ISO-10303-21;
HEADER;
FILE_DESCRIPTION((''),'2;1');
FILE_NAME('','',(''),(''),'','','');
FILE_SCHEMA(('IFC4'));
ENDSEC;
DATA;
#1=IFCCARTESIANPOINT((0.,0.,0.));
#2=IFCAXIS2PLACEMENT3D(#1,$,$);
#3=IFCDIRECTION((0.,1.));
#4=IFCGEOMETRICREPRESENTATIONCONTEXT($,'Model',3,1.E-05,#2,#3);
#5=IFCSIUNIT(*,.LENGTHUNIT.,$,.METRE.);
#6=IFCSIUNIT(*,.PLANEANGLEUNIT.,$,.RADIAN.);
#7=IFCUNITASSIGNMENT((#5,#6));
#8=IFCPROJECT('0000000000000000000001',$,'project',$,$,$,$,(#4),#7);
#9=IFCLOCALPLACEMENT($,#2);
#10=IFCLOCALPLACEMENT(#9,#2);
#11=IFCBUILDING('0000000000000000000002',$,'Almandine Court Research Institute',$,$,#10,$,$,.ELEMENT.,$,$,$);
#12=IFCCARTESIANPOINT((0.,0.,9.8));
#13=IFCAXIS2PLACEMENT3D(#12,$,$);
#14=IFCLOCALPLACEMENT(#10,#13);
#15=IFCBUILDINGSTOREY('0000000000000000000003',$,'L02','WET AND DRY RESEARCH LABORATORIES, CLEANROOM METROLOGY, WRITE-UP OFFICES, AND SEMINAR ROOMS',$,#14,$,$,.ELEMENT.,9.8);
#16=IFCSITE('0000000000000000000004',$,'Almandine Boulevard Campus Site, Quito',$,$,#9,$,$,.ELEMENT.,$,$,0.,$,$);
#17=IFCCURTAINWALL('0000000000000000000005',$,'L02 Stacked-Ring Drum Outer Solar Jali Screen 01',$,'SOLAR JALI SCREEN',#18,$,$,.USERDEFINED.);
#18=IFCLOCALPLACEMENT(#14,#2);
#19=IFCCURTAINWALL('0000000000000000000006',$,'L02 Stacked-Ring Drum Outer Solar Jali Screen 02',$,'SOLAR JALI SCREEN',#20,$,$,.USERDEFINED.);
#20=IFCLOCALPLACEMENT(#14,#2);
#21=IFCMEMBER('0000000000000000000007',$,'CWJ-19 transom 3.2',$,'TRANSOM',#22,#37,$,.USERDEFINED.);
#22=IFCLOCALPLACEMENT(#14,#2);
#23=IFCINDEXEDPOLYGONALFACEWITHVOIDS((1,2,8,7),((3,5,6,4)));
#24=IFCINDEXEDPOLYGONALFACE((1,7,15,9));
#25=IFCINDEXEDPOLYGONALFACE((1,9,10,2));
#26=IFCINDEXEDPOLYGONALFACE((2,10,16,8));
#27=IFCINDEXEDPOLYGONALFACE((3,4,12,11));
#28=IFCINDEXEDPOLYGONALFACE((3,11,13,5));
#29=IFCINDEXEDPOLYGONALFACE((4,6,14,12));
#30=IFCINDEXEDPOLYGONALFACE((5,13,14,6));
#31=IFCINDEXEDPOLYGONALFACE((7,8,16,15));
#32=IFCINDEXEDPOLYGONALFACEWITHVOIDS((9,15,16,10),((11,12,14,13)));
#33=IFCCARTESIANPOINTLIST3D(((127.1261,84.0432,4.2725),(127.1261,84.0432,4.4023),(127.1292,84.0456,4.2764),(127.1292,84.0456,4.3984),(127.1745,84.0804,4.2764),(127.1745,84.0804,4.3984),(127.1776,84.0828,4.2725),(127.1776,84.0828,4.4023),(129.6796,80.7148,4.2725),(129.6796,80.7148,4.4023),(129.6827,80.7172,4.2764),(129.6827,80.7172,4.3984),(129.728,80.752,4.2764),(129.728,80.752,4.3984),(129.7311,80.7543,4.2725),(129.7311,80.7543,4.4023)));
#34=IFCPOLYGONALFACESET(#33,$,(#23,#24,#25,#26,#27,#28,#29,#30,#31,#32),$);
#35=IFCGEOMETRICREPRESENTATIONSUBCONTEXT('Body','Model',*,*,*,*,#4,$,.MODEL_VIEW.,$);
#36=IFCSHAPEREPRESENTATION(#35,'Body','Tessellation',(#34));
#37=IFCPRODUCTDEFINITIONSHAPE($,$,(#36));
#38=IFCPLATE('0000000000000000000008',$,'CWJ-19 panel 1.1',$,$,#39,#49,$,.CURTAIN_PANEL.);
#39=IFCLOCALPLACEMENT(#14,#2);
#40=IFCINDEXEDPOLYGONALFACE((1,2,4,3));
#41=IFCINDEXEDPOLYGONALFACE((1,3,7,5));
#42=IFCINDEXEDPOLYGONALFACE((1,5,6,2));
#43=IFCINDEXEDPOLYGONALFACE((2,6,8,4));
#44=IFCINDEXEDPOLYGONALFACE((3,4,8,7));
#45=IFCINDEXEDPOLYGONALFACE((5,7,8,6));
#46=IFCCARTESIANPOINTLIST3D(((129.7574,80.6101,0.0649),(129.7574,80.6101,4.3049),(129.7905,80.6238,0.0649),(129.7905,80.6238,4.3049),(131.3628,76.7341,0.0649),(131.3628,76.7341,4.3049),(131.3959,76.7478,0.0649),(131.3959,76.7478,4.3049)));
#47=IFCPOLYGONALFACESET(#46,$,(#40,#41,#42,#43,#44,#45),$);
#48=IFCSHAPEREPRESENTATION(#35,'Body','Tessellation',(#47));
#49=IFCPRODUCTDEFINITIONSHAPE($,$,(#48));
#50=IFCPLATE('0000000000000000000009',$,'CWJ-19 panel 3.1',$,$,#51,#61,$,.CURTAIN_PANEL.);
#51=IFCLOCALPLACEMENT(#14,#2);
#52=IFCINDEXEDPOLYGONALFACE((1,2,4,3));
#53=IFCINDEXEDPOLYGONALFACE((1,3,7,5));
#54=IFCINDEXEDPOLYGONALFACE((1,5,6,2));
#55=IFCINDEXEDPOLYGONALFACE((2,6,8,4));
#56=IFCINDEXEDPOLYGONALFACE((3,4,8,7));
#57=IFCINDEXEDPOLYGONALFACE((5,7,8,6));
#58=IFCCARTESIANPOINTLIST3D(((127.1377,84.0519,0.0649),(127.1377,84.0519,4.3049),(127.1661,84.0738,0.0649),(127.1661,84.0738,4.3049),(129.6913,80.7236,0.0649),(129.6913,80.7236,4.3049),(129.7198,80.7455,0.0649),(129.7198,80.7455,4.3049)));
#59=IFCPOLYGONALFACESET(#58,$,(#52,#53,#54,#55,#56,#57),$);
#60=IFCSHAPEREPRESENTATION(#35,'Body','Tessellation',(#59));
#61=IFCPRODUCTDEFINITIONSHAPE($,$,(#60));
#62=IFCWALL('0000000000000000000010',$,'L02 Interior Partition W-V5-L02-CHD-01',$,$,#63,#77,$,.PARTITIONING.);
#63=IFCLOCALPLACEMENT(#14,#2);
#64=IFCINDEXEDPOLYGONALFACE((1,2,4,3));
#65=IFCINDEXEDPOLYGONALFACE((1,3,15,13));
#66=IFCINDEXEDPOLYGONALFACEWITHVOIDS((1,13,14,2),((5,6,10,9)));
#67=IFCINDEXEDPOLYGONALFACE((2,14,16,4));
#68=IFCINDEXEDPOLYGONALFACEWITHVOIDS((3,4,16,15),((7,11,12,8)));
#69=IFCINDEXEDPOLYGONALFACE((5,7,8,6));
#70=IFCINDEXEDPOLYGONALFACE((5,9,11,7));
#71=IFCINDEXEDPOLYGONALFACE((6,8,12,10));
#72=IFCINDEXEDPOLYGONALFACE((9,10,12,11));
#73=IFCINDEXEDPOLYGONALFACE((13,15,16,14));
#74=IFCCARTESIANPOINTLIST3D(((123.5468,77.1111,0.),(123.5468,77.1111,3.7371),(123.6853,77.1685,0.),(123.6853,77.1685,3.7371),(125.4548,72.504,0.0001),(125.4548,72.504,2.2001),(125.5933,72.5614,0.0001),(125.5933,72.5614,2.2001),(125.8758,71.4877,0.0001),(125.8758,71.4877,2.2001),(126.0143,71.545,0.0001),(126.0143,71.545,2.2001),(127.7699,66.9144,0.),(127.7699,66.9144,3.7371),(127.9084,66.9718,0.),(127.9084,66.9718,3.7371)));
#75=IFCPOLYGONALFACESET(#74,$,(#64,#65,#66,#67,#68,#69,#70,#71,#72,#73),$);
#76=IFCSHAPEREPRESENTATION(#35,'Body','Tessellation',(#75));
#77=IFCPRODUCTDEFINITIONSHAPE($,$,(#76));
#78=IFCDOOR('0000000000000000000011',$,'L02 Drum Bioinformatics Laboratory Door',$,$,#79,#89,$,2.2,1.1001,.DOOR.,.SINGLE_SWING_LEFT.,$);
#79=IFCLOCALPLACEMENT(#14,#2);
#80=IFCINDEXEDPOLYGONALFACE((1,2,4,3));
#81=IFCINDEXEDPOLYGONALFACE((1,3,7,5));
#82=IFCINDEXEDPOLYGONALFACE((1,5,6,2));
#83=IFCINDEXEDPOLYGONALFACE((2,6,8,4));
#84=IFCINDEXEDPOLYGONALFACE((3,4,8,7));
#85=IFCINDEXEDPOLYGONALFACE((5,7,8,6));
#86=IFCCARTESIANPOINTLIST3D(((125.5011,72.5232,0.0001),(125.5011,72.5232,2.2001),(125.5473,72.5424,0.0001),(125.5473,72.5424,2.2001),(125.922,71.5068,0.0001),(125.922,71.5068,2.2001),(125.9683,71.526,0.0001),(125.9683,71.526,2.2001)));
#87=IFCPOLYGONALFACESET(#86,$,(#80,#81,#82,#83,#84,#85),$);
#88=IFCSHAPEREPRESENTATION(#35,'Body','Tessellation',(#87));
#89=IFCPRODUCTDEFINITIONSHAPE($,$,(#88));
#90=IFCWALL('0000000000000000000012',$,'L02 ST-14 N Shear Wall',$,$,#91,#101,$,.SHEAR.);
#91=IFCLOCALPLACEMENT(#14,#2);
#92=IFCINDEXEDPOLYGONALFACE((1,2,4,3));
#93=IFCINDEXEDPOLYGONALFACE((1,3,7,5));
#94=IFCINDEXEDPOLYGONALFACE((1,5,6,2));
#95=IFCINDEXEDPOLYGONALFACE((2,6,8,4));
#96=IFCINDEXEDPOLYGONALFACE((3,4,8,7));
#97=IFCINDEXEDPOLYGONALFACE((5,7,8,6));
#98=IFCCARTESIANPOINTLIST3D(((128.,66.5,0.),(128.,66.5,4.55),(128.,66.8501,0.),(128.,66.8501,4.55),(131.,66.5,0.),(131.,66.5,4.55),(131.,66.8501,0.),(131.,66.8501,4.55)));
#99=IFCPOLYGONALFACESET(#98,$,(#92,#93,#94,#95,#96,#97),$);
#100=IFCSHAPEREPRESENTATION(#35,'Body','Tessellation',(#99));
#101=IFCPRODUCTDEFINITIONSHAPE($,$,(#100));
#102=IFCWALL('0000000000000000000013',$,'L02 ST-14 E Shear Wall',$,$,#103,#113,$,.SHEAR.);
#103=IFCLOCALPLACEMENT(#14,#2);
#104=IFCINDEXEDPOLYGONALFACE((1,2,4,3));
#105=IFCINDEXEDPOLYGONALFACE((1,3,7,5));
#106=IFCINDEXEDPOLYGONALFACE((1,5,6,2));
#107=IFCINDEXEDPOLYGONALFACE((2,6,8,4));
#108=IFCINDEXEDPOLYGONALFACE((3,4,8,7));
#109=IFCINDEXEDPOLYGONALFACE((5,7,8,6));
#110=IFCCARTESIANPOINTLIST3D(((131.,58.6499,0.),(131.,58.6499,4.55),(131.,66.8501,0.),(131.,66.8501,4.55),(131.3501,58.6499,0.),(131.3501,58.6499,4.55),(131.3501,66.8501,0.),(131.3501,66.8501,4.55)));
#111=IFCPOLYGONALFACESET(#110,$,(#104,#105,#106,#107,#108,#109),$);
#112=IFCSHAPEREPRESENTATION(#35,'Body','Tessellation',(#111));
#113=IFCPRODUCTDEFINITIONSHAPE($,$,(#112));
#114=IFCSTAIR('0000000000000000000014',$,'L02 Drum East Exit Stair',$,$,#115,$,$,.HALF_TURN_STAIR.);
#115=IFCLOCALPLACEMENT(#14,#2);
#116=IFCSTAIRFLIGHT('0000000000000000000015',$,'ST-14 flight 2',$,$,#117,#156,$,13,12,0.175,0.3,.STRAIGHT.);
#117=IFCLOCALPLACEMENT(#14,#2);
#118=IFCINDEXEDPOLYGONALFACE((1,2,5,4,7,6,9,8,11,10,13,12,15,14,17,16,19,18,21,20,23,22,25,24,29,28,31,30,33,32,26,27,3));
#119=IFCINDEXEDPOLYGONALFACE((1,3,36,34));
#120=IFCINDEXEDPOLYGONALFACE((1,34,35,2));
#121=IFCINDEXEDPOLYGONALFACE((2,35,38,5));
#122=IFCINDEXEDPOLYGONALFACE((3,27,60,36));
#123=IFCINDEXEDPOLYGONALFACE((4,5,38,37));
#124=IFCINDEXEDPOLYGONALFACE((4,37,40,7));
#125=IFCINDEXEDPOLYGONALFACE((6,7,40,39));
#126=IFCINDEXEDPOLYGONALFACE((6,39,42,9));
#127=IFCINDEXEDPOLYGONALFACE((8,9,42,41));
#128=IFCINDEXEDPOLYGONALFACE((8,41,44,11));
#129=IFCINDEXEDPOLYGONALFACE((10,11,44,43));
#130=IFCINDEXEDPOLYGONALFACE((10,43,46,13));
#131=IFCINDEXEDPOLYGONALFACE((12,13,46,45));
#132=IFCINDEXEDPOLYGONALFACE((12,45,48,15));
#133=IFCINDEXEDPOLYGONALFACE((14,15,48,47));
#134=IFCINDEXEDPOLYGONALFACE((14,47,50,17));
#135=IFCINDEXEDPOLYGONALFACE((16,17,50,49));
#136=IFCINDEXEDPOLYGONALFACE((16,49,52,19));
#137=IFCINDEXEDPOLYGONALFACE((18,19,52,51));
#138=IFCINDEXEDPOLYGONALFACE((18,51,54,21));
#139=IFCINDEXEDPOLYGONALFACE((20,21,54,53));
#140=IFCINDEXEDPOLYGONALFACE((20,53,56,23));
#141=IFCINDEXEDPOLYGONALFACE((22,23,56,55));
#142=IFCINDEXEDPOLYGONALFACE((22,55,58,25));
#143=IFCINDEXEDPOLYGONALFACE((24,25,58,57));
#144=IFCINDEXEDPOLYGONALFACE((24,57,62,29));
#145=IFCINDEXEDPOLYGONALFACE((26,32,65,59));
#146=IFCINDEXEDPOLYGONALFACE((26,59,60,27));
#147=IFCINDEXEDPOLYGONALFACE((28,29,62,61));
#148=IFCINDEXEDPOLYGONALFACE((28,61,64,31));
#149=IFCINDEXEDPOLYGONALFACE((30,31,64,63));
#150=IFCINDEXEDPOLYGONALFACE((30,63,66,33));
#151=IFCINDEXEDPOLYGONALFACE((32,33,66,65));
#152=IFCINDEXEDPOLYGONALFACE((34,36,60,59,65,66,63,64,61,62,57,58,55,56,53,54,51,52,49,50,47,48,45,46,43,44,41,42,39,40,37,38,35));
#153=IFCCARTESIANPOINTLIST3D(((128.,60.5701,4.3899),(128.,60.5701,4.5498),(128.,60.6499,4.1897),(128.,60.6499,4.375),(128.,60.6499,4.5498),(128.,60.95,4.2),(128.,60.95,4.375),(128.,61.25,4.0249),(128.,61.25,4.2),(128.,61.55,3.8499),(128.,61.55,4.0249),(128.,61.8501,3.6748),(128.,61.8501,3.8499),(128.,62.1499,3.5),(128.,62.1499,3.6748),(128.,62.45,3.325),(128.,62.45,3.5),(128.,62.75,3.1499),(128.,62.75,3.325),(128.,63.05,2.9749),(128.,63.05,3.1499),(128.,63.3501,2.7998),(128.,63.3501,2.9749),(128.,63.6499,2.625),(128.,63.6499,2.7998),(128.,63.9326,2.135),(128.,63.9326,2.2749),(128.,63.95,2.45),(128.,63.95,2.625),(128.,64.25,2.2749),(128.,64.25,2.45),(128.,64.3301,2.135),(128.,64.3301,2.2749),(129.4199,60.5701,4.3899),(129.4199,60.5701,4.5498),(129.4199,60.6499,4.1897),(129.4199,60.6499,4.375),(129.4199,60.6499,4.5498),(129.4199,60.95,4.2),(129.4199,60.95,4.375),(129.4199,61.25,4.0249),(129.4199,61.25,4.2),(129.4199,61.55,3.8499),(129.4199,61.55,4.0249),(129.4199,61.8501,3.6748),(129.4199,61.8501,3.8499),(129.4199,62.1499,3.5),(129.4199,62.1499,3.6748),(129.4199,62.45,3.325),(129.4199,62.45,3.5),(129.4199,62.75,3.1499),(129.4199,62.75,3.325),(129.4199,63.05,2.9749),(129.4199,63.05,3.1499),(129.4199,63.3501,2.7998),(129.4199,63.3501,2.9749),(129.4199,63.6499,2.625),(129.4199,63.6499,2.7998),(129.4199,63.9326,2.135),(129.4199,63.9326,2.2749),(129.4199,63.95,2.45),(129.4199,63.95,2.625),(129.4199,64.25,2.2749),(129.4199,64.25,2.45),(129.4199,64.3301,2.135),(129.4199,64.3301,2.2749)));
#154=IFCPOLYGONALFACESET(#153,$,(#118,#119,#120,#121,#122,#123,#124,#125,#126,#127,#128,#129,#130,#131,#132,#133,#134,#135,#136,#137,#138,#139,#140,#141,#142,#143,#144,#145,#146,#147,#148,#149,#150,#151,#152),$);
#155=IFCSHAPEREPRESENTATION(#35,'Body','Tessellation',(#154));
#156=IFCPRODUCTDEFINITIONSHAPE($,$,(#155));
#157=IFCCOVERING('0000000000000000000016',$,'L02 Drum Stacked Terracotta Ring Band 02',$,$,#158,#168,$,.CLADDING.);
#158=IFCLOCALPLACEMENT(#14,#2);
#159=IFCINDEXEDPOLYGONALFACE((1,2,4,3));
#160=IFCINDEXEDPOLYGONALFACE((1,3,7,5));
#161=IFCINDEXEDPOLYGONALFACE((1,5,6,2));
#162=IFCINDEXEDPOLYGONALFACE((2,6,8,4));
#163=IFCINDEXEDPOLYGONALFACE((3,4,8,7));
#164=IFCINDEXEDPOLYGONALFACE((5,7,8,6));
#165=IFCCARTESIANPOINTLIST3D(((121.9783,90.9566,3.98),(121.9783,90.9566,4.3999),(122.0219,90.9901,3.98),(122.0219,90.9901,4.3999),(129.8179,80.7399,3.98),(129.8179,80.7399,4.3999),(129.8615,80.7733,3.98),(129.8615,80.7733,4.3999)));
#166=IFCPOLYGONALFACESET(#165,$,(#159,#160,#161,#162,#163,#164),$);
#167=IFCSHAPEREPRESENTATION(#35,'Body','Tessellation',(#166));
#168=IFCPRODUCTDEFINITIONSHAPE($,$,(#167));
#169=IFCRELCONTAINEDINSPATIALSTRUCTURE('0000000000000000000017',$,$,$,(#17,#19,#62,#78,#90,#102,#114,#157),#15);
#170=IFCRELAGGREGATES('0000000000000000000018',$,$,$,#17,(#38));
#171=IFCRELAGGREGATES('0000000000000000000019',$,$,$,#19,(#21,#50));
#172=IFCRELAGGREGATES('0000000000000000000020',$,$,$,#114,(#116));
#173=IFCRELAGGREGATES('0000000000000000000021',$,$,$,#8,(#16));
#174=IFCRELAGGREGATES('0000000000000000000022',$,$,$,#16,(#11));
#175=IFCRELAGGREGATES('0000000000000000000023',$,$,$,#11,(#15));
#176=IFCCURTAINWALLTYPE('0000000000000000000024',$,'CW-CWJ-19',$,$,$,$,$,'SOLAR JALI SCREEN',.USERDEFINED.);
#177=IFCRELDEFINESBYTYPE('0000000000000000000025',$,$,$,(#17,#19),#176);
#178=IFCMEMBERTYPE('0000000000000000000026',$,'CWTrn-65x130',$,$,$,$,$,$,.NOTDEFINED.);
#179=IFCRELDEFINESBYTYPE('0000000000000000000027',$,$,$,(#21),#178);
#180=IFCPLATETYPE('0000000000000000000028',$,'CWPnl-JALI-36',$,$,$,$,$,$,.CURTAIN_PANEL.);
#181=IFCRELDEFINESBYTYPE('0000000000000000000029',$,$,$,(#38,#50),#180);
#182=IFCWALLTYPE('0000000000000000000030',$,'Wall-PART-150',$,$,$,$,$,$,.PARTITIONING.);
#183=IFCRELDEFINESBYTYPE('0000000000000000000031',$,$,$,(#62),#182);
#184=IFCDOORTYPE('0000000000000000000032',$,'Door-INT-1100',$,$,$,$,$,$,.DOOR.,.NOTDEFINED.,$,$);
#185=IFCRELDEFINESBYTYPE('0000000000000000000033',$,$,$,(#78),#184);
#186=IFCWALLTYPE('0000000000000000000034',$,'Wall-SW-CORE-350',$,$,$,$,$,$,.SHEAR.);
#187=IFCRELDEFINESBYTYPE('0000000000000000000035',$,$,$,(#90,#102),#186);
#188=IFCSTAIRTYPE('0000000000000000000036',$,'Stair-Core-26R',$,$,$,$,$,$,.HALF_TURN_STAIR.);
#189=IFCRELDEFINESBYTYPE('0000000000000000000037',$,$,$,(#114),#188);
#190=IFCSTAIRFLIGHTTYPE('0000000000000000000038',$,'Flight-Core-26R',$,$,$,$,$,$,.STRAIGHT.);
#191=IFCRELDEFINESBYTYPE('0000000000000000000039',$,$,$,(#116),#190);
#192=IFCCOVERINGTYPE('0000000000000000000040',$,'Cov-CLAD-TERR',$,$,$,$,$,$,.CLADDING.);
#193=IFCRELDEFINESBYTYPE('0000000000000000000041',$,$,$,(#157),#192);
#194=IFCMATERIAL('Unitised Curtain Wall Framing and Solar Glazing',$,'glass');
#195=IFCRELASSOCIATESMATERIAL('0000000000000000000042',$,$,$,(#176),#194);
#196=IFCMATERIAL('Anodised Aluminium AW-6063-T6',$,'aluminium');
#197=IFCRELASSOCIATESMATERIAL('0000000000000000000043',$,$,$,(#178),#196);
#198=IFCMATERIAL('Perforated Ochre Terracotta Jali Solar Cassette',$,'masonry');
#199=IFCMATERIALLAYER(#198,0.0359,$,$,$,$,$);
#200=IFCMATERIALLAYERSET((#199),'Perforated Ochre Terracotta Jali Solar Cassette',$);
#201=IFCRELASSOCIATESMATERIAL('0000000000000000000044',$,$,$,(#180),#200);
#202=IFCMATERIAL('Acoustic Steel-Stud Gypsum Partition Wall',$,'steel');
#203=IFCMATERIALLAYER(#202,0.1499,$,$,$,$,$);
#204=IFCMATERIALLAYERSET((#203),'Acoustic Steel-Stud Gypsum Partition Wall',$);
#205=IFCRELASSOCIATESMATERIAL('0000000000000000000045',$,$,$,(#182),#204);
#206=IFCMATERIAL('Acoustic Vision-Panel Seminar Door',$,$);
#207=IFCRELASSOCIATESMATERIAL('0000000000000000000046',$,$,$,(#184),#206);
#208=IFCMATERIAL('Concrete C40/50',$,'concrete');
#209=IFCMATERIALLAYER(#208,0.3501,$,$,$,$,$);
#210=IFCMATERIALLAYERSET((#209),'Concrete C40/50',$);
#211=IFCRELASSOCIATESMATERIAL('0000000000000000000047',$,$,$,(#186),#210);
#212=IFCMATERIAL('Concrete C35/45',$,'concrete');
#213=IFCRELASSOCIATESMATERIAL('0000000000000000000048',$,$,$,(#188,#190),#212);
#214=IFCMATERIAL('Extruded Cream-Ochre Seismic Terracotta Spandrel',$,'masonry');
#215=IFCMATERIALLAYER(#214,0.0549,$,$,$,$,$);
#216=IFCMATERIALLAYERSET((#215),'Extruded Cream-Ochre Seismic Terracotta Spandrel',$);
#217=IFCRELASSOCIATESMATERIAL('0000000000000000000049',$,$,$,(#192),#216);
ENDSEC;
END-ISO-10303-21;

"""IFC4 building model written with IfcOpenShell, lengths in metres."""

from ifc_helpers import new_model, si_unit, direction, frame, frame_2d, origin, origin_2d, place, context, subcontext, project, spatial, polyline, rectangle, hollow_rectangle, outline, extrude, material, layer, layer_set, material_profile, profile_set, type_object, element, fill, aggregate, save


model = new_model("IFC4")

# Units and contexts
model_context = context("Model", 3, precision=1e-05, world=origin(), true_north=direction((0.0, 1.0)))
body_context = subcontext(model_context, "Body", "Model", "MODEL_VIEW")
ifc_project = project(units=[si_unit("LENGTHUNIT", "METRE"), si_unit("PLANEANGLEUNIT", "RADIAN")], contexts=[model_context])

# Site, building, storey
site_placement = place(None, origin())
site = spatial("IfcSite", under=ifc_project, at=site_placement, Name="Almandine Boulevard Campus Site, Quito", CompositionType="ELEMENT", RefElevation=0.0)
building_placement = place(site_placement, origin())
building = spatial("IfcBuilding", under=site, at=building_placement, Name="Almandine Court Research Institute", CompositionType="ELEMENT")
storey_placement = place(building_placement, frame((0.0, 0.0, 9.8)))
storey = spatial("IfcBuildingStorey", under=building, at=storey_placement, Name="L02", Description="WET AND DRY RESEARCH LABORATORIES, CLEANROOM METROLOGY, WRITE-UP OFFICES, AND SEMINAR ROOMS", CompositionType="ELEMENT", Elevation=9.8)

# Curtain walls
ifc_material_1 = material(Name="Unitised Curtain Wall Framing and Solar Glazing", Category="glass")
curtain_wall_type = type_object("IfcCurtainWallType", Name="CW-CWJ-19", ElementType="SOLAR JALI SCREEN", PredefinedType="USERDEFINED", material=ifc_material_1)
curtain_wall_1_placement = place(storey_placement, origin())
curtain_wall_1 = element("IfcCurtainWall", 1, at=curtain_wall_1_placement, inside=storey, type_object=curtain_wall_type, Name="L02 Stacked-Ring Drum Outer Solar Jali Screen 01", ObjectType="SOLAR JALI SCREEN", PredefinedType="USERDEFINED")
ifc_material_2 = material(Name="Anodised Aluminium AW-6063-T6", Category="aluminium")
curtain_wall_2_placement = place(storey_placement, origin())
curtain_wall_2 = element("IfcCurtainWall", 2, at=curtain_wall_2_placement, inside=storey, type_object=curtain_wall_type, Name="L02 Stacked-Ring Drum Outer Solar Jali Screen 02", ObjectType="SOLAR JALI SCREEN", PredefinedType="USERDEFINED")

# Member
ifc_material_profile_1 = material_profile(ifc_material_2, hollow_rectangle(XDim=0.0649, YDim=0.1299, WallThickness=0.0039, at=origin_2d()), Name="ALU RHS 65x130x4")
ifc_profile_set_1 = profile_set([ifc_material_profile_1], Name="Anodised Aluminium AW-6063-T6")
member_type_1 = type_object("IfcMemberType", Name="CWTrn-65x130", PredefinedType="NOTDEFINED", material=ifc_profile_set_1)
member_1_placement = place(storey_placement, frame((127.1519, 84.063, 4.3374), z_axis=(0.608689, -0.793409, 0.0), x_axis=(0.793409, 0.608689, 0.0)))
member_1 = element("IfcMember", 3, at=member_1_placement, type_object=member_type_1, Name="CWJ-19 transom 3.2", ObjectType="TRANSOM", PredefinedType="USERDEFINED", context=body_context, shape_type="SweptSolid", body=[
    extrude(hollow_rectangle(XDim=0.0649, YDim=0.1299, WallThickness=0.0039, at=origin_2d()), origin(), (0.0, 0.0, 1.0), 4.1951),
])

# Plates
ifc_material_3 = material(Name="Perforated Ochre Terracotta Jali Solar Cassette", Category="masonry")
ifc_layer_1 = layer(ifc_material_3, 0.0359)
ifc_layer_set_1 = layer_set([ifc_layer_1], Name="Perforated Ochre Terracotta Jali Solar Cassette")
plate_type = type_object("IfcPlateType", Name="CWPnl-JALI-36", PredefinedType="CURTAIN_PANEL", material=ifc_layer_set_1)
plate_1_placement = place(storey_placement, frame((130.5767, 78.679, 0.0649), z_axis=(0.0, 0.0, 1.0), x_axis=(0.382663, -0.923888, 0.0)))
plate_1 = element("IfcPlate", 4, at=plate_1_placement, type_object=plate_type, Name="CWJ-19 panel 1.1", PredefinedType="CURTAIN_PANEL", context=body_context, shape_type="SweptSolid", body=[
    extrude(rectangle(XDim=4.1953, YDim=0.0359, at=origin_2d()), origin(), (0.0, 0.0, 1.0), 4.24),
])
aggregate(curtain_wall_1, [plate_1])
plate_2_placement = place(storey_placement, frame((128.4287, 82.3987, 0.0649), z_axis=(0.0, 0.0, 1.0), x_axis=(0.608723, -0.793383, 0.0)))
plate_2 = element("IfcPlate", 5, at=plate_2_placement, type_object=plate_type, Name="CWJ-19 panel 3.1", PredefinedType="CURTAIN_PANEL", context=body_context, shape_type="SweptSolid", body=[
    extrude(rectangle(XDim=4.1951, YDim=0.0359, at=origin_2d()), origin(), (0.0, 0.0, 1.0), 4.24),
])
aggregate(curtain_wall_2, [member_1, plate_2])

# Wall, opening, door
ifc_material_4 = material(Name="Acoustic Steel-Stud Gypsum Partition Wall", Category="steel")
ifc_layer_2 = layer(ifc_material_4, 0.1499)
ifc_layer_set_2 = layer_set([ifc_layer_2], Name="Acoustic Steel-Stud Gypsum Partition Wall")
wall_type_1 = type_object("IfcWallType", Name="Wall-PART-150", PredefinedType="PARTITIONING", material=ifc_layer_set_2)
wall_1_placement = place(storey_placement, frame((127.8391, 66.9431, 0.0), z_axis=(0.0, 0.0, 1.0), x_axis=(-0.382645, 0.923896, 0.0)))
wall_1 = element("IfcWall", 6, at=wall_1_placement, inside=storey, type_object=wall_type_1, Name="L02 Interior Partition W-V5-L02-CHD-01", PredefinedType="PARTITIONING", context=body_context, shape_type="SweptSolid", body=[
    extrude(rectangle(XDim=11.0366, YDim=0.1499, at=frame_2d((5.5183, 0.0))), origin(), (0.0, 0.0, 1.0), 3.7371),
])
opening_placement = place(wall_1_placement, frame((4.95, 0.0, 0.0)))
opening = element("IfcOpeningElement", 7, at=opening_placement, cuts=wall_1, PredefinedType="OPENING", context=body_context, shape_type="SweptSolid", body=[
    extrude(rectangle(XDim=1.1001, YDim=2.2, at=frame_2d((0.55, 1.1001))), frame((0.0, 0.085, 0.0), z_axis=(0.0, -1.0, 0.0), x_axis=(1.0, 0.0, 0.0)), (0.0, 0.0, 1.0), 0.1699),
])
ifc_material_5 = material(Name="Acoustic Vision-Panel Seminar Door")
door_type = type_object("IfcDoorType", Name="Door-INT-1100", OperationType="NOTDEFINED", PredefinedType="DOOR", material=ifc_material_5)
door_placement = place(opening_placement, origin())
door = element("IfcDoor", 8, at=door_placement, inside=storey, type_object=door_type, Name="L02 Drum Bioinformatics Laboratory Door", OperationType="SINGLE_SWING_LEFT", OverallHeight=2.2, OverallWidth=1.1001, PredefinedType="DOOR", context=body_context, shape_type="SweptSolid", body=[
    extrude(rectangle(XDim=1.1001, YDim=2.2, at=frame_2d((0.55, 1.1001))), frame((0.0, 0.0249, 0.0), z_axis=(0.0, -1.0, 0.0), x_axis=(1.0, 0.0, 0.0)), (0.0, 0.0, 1.0), 0.05),
])
fill(opening, door)

# Walls
ifc_material_6 = material(Name="Concrete C40/50", Category="concrete")
ifc_layer_3 = layer(ifc_material_6, 0.3501)
ifc_layer_set_3 = layer_set([ifc_layer_3], Name="Concrete C40/50")
wall_type_2 = type_object("IfcWallType", Name="Wall-SW-CORE-350", PredefinedType="SHEAR", material=ifc_layer_set_3)
wall_2_placement = place(storey_placement, frame((128.0, 66.675, 0.0), z_axis=(0.0, 0.0, 1.0), x_axis=(1.0, 0.0, 0.0)))
element("IfcWall", 9, at=wall_2_placement, inside=storey, type_object=wall_type_2, Name="L02 ST-14 N Shear Wall", PredefinedType="SHEAR", context=body_context, shape_type="SweptSolid", body=[
    extrude(rectangle(XDim=3.0, YDim=0.3501, at=frame_2d((1.5, 0.0))), origin(), (0.0, 0.0, 1.0), 4.55),
])
wall_3_placement = place(storey_placement, frame((131.175, 66.8501, 0.0), z_axis=(0.0, 0.0, 1.0), x_axis=(0.0, -1.0, 0.0)))
element("IfcWall", 10, at=wall_3_placement, inside=storey, type_object=wall_type_2, Name="L02 ST-14 E Shear Wall", PredefinedType="SHEAR", context=body_context, shape_type="SweptSolid", body=[
    extrude(rectangle(XDim=8.2002, YDim=0.3501, at=frame_2d((4.1001, 0.0))), origin(), (0.0, 0.0, 1.0), 4.55),
])

# Stair, stair flight
ifc_material_7 = material(Name="Concrete C35/45", Category="concrete")
stair_type = type_object("IfcStairType", Name="Stair-Core-26R", PredefinedType="HALF_TURN_STAIR", material=ifc_material_7)
stair_placement = place(storey_placement, origin())
stair = element("IfcStair", 11, at=stair_placement, inside=storey, type_object=stair_type, Name="L02 Drum East Exit Stair", PredefinedType="HALF_TURN_STAIR")
stair_flight_type = type_object("IfcStairFlightType", Name="Flight-Core-26R", PredefinedType="STRAIGHT", material=ifc_material_7)
stair_flight_placement = place(storey_placement, frame((128.71, 64.25, 2.2749), z_axis=(0.0, 0.0, 1.0), x_axis=(0.0, -1.0, 0.0)))
stair_flight = element("IfcStairFlight", 12, at=stair_flight_placement, type_object=stair_flight_type, Name="ST-14 flight 2", NumberOfRisers=13, NumberOfTreads=12, PredefinedType="STRAIGHT", RiserHeight=0.175, TreadLength=0.3, context=body_context, shape_type="SweptSolid", body=[
    extrude(outline(polyline([(-0.0801, -0.1399), (-0.0801, 0.0), (0.0, 0.0), (0.0, 0.175), (0.3, 0.175), (0.3, 0.3501), (0.6001, 0.3501), (0.6001, 0.5249), (0.8999, 0.5249), (0.8999, 0.7), (1.2, 0.7), (1.2, 0.875), (1.5, 0.875), (1.5, 1.05), (1.8, 1.05), (1.8, 1.2251), (2.1001, 1.2251), (2.1001, 1.3999), (2.3999, 1.3999), (2.3999, 1.575), (2.7, 1.575), (2.7, 1.75), (3.0, 1.75), (3.0, 1.925), (3.3, 1.925), (3.3, 2.1001), (3.6001, 2.1001), (3.6001, 2.2749), (3.6799, 2.2749), (3.6799, 2.115), (3.6001, 1.9148), (0.3174, 0.0), (0.3174, -0.1399), (-0.0801, -0.1399)])), frame((0.0, 0.71, 0.0), z_axis=(0.0, -1.0, 0.0), x_axis=(1.0, 0.0, 0.0)), (0.0, 0.0, 1.0), 1.4199),
])
aggregate(stair, [stair_flight])

# Covering
ifc_material_8 = material(Name="Extruded Cream-Ochre Seismic Terracotta Spandrel", Category="masonry")
ifc_layer_4 = layer(ifc_material_8, 0.0549)
ifc_layer_set_4 = layer_set([ifc_layer_4], Name="Extruded Cream-Ochre Seismic Terracotta Spandrel")
covering_type = type_object("IfcCoveringType", Name="Cov-CLAD-TERR", PredefinedType="CLADDING", material=ifc_layer_set_4)
covering_placement = place(storey_placement, frame((125.9199, 85.865, 3.98), z_axis=(0.0, 0.0, 1.0), x_axis=(0.608761, -0.793353, 0.0)))
element("IfcCovering", 13, at=covering_placement, inside=storey, type_object=covering_type, Name="L02 Drum Stacked Terracotta Ring Band 02", PredefinedType="CLADDING", context=body_context, shape_type="SweptSolid", body=[
    extrude(rectangle(XDim=12.8779, YDim=0.0549, at=origin_2d()), origin(), (0.0, 0.0, 1.0), 0.4199),
])

save(model, "model.ifc")
